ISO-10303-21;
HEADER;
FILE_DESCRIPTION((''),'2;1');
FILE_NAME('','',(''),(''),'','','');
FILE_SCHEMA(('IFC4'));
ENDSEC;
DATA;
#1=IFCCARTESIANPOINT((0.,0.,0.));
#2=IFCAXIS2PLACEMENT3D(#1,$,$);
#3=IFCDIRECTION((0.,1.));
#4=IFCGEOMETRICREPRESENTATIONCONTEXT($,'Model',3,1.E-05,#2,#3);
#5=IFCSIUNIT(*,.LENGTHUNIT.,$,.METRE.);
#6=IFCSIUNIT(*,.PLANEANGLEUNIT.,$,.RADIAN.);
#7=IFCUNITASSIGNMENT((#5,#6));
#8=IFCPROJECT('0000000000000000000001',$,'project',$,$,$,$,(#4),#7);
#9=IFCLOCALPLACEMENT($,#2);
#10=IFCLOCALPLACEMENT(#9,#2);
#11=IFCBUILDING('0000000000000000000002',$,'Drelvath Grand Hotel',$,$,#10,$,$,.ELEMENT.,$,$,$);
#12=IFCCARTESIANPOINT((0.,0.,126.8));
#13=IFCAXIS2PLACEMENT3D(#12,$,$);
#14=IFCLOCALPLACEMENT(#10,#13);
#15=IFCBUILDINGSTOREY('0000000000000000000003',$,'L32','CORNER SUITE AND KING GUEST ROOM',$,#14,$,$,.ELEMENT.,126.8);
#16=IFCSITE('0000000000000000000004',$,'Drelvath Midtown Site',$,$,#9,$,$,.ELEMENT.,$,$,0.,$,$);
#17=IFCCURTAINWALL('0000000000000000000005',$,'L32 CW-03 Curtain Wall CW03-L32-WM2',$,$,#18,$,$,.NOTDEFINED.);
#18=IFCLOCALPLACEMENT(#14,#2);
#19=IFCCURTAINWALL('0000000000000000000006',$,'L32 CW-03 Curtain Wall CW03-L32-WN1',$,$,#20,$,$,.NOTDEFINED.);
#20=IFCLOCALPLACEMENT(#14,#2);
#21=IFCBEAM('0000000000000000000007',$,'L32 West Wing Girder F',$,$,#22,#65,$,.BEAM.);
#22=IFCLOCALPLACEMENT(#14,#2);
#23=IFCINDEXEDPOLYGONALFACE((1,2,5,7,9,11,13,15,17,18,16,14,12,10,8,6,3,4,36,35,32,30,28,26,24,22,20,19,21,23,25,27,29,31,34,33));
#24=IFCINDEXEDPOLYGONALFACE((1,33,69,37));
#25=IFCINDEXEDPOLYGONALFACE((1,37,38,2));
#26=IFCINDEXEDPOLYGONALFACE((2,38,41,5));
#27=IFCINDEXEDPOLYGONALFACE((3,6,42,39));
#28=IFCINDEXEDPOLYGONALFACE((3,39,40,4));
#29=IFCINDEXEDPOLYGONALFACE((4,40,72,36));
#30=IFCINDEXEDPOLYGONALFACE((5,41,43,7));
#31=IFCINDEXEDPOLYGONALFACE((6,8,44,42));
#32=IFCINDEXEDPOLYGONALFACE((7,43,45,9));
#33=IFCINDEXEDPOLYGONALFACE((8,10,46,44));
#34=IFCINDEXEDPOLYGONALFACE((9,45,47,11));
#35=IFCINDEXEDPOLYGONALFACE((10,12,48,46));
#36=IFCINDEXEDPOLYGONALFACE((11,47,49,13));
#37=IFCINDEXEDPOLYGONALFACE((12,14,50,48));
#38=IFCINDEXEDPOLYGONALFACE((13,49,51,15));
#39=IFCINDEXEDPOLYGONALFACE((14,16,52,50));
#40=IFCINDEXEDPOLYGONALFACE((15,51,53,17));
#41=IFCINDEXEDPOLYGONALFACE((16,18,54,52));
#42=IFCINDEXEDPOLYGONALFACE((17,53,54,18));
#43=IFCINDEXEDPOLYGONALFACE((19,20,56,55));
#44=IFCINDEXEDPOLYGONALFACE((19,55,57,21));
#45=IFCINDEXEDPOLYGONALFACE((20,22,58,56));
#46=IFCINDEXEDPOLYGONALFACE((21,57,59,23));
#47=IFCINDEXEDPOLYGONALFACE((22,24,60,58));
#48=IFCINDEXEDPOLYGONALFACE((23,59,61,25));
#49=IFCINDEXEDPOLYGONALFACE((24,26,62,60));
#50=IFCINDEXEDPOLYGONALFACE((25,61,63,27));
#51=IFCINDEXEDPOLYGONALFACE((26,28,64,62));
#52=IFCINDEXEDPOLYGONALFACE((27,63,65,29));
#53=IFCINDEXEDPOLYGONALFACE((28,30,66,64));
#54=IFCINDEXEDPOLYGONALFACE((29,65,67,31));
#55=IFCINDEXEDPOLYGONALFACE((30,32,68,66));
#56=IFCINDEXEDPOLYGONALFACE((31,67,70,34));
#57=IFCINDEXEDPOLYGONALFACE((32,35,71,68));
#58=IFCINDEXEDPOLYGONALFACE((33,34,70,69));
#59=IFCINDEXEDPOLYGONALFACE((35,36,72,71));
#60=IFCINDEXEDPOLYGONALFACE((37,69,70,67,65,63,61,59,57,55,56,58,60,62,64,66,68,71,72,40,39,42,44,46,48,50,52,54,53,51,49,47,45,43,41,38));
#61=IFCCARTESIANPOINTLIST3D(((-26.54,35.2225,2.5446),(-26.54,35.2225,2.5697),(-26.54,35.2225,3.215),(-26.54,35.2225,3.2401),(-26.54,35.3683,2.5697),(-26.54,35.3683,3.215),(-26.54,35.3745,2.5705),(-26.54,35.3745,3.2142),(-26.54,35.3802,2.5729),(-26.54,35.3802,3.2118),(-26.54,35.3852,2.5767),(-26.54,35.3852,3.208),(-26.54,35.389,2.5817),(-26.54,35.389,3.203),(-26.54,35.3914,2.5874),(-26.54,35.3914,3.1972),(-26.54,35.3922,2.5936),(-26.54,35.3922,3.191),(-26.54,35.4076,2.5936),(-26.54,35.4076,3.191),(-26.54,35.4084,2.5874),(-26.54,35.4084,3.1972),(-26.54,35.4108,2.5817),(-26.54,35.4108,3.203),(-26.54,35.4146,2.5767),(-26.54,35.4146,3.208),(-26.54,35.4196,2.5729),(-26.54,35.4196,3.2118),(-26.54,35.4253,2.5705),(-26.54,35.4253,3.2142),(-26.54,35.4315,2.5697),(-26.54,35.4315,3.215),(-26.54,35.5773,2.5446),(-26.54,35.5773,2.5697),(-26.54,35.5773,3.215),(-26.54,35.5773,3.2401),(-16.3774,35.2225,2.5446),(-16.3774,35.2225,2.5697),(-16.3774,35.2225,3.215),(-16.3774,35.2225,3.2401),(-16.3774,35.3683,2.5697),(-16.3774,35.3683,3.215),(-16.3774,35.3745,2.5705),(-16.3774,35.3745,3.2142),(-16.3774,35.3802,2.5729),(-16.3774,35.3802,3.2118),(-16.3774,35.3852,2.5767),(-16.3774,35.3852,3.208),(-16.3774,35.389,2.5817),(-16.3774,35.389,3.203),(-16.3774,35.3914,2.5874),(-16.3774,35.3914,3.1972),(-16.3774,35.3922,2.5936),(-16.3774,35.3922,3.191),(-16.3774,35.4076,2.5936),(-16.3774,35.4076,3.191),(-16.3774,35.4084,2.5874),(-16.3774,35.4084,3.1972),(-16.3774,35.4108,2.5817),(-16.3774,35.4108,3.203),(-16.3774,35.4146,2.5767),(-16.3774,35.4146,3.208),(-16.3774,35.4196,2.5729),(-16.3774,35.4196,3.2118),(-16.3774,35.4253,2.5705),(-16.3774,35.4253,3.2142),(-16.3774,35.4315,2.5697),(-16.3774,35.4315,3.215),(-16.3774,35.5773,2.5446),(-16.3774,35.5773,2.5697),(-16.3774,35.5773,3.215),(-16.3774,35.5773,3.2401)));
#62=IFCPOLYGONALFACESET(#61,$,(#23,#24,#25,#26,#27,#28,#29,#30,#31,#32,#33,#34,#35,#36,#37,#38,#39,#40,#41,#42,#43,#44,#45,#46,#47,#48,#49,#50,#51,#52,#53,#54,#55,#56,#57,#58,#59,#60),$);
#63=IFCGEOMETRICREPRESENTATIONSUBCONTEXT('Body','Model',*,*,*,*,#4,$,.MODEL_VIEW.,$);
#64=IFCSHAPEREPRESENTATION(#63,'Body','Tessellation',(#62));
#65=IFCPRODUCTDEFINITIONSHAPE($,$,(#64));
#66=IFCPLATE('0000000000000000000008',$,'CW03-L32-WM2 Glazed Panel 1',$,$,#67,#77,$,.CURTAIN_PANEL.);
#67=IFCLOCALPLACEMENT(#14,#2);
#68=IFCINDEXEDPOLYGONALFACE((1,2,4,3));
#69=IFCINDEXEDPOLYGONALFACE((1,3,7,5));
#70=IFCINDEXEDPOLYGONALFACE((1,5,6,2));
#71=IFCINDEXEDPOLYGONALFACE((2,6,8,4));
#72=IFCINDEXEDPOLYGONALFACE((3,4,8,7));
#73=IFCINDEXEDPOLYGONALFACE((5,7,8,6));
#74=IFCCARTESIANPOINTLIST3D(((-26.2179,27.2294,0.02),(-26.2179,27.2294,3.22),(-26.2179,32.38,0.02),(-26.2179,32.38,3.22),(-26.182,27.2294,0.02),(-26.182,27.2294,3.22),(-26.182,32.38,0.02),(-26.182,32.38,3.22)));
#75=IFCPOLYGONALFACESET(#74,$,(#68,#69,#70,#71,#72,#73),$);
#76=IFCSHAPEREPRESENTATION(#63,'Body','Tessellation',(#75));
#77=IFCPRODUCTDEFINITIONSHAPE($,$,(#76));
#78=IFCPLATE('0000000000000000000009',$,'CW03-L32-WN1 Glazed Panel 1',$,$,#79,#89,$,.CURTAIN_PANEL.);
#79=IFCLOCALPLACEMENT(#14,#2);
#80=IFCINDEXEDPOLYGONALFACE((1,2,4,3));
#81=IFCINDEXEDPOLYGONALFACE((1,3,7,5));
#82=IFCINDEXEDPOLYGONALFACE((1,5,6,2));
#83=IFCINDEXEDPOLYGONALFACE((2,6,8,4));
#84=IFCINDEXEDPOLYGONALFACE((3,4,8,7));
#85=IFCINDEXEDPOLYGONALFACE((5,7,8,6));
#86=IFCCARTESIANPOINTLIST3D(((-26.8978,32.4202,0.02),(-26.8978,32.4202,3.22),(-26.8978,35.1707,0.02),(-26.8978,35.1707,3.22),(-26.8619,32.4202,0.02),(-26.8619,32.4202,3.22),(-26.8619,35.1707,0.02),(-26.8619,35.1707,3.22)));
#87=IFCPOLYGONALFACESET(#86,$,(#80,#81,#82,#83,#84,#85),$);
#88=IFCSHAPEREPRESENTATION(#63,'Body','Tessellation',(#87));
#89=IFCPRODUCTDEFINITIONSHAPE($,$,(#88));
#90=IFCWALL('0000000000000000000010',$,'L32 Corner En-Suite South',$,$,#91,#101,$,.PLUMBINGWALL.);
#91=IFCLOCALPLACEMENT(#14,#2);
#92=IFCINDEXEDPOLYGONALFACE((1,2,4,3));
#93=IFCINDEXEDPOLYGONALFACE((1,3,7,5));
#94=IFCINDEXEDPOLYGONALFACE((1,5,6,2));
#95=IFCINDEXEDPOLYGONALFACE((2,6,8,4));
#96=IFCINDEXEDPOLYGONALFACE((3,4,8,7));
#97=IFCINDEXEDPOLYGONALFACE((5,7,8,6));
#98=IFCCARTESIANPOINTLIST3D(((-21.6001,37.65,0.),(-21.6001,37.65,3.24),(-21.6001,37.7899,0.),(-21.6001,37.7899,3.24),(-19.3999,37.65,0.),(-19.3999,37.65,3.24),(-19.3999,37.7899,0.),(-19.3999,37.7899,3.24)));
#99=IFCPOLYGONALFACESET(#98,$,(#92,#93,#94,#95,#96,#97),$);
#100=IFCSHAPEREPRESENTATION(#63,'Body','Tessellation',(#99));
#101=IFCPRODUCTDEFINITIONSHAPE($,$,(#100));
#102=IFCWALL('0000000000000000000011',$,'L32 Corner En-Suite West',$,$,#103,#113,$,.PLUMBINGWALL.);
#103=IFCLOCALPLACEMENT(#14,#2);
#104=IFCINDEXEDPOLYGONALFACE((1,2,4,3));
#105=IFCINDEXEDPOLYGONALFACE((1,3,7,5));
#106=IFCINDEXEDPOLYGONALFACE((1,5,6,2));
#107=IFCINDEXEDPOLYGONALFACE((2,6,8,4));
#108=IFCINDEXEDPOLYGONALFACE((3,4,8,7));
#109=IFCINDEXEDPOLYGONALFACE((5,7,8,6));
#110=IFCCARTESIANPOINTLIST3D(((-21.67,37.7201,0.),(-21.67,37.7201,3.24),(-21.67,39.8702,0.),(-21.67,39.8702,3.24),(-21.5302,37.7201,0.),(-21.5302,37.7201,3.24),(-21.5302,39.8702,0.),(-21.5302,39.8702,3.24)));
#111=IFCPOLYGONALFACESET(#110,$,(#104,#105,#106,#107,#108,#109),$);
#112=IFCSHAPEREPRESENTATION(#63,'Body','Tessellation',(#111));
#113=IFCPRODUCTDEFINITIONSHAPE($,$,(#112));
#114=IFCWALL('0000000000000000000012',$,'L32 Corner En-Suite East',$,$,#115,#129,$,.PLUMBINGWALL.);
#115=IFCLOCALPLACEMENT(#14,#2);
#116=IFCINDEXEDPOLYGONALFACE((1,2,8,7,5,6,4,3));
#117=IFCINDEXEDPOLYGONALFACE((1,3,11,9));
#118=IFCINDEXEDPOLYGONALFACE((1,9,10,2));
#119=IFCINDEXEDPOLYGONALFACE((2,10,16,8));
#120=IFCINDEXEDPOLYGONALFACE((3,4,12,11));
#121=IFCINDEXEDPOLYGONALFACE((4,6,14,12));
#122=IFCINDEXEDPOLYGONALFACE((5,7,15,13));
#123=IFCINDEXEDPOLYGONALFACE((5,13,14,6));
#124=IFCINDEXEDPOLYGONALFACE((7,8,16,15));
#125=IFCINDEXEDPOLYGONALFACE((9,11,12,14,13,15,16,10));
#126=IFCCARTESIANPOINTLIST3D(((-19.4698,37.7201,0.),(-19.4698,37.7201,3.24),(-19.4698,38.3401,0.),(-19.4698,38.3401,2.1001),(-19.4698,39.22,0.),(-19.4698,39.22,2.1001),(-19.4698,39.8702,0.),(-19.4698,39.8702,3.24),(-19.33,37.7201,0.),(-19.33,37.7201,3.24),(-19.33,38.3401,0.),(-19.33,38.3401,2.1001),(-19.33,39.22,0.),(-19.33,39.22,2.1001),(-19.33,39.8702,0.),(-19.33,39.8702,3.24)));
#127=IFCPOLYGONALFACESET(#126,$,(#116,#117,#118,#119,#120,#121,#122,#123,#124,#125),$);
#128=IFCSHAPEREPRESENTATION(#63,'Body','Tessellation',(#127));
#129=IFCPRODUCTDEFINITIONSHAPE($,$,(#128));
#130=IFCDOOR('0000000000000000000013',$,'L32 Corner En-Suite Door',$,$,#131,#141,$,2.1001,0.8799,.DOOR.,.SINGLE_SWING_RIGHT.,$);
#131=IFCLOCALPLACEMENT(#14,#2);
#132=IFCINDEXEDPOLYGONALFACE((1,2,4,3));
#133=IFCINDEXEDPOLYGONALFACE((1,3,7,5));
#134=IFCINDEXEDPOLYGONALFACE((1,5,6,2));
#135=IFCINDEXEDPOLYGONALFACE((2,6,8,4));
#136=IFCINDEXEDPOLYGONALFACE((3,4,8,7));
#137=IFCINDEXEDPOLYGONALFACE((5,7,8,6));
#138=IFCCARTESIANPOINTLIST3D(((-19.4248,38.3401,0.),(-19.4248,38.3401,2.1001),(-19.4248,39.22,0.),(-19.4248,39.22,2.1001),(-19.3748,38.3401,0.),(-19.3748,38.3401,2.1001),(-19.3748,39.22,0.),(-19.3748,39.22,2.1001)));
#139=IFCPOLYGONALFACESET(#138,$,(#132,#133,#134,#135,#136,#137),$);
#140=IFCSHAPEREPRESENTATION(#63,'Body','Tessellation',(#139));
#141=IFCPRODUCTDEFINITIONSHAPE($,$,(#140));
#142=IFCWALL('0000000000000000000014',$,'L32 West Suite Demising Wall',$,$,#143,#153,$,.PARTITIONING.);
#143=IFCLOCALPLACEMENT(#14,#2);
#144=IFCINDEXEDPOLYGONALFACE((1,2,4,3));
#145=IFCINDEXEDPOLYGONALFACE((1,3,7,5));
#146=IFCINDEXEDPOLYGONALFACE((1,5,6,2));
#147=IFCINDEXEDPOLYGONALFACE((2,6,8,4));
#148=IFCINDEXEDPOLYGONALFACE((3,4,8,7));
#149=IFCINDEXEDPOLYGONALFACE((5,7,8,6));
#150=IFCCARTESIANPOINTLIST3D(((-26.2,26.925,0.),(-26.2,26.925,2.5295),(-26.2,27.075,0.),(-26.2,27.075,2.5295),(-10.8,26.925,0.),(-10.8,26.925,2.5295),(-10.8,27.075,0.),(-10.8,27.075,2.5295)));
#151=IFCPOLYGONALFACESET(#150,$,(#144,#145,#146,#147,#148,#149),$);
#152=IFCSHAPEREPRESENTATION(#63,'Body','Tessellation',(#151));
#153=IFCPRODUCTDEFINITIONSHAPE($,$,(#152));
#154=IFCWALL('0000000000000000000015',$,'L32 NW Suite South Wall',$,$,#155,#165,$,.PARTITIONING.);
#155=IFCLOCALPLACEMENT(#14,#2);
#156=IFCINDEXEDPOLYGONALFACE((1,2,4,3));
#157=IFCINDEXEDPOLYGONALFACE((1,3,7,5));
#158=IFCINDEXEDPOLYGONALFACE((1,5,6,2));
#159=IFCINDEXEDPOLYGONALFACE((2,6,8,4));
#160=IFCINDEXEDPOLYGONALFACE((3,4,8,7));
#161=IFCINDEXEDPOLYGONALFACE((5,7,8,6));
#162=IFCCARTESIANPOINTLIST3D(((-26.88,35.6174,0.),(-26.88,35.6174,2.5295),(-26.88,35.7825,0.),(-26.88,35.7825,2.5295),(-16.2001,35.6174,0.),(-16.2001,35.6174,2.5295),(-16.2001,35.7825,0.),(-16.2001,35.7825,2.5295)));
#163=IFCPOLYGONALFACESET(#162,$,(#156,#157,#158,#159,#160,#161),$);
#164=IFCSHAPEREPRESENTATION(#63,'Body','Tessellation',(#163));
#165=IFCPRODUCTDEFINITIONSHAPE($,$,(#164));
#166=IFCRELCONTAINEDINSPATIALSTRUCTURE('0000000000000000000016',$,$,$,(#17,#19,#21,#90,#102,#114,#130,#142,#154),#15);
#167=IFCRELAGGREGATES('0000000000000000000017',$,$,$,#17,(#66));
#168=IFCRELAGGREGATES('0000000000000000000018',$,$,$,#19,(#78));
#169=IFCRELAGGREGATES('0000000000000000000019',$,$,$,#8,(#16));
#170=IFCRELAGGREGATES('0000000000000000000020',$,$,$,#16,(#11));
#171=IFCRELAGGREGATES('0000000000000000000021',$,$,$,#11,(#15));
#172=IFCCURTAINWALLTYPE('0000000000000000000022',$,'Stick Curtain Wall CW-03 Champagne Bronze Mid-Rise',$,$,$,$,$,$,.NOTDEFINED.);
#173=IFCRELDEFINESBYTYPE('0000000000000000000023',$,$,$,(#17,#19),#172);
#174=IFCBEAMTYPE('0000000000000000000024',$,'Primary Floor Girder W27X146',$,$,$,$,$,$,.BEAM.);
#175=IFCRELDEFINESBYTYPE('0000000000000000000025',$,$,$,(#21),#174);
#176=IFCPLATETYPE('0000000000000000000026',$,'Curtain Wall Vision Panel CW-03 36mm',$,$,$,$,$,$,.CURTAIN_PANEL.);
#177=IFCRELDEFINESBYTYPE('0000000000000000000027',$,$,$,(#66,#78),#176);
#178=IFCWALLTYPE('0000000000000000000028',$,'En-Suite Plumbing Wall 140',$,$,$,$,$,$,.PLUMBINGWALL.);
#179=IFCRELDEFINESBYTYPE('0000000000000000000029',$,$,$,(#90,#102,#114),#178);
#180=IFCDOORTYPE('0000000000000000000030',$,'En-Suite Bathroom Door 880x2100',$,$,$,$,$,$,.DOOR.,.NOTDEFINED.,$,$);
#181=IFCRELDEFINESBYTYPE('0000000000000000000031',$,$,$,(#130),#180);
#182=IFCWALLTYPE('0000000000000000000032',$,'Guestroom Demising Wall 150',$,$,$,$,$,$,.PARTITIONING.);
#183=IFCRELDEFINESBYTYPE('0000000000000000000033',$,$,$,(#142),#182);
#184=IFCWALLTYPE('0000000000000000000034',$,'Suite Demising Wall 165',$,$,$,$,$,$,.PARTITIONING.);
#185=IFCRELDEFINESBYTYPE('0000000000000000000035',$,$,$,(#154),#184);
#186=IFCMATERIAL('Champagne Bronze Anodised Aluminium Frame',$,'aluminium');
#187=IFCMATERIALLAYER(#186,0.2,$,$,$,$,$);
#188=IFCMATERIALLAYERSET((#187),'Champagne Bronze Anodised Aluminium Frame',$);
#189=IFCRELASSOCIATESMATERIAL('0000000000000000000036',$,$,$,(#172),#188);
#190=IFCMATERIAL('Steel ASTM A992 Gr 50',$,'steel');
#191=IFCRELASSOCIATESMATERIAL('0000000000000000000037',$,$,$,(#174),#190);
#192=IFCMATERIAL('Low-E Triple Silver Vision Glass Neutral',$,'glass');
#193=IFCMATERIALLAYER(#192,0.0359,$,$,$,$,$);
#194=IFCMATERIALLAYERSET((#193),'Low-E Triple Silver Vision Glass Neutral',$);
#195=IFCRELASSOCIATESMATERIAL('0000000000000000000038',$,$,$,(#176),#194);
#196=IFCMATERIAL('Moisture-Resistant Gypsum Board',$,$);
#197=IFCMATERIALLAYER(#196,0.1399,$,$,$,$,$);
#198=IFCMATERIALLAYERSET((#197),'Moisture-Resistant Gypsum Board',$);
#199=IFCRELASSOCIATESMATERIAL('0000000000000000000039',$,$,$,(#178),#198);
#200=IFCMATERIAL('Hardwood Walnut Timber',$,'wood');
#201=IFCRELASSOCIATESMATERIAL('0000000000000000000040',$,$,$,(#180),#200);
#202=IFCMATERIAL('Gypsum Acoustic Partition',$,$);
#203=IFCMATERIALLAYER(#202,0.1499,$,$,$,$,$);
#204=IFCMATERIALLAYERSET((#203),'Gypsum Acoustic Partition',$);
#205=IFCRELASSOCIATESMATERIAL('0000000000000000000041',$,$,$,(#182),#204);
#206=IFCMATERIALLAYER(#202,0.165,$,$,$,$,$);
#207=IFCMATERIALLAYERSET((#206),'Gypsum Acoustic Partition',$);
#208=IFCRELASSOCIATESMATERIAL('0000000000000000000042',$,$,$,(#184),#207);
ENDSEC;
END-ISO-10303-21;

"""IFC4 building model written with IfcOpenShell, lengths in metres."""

from ifc_helpers import new_model, si_unit, direction, frame, frame_2d, origin, origin_2d, place, context, subcontext, project, spatial, rectangle, i_section, extrude, material, layer, layer_set, material_profile, profile_set, type_object, element, fill, aggregate, save


model = new_model("IFC4")

# Units and contexts
model_context = context("Model", 3, precision=1e-05, world=origin(), true_north=direction((0.0, 1.0)))
body_context = subcontext(model_context, "Body", "Model", "MODEL_VIEW")
ifc_project = project(units=[si_unit("LENGTHUNIT", "METRE"), si_unit("PLANEANGLEUNIT", "RADIAN")], contexts=[model_context])

# Site, building, storey
site_placement = place(None, origin())
site = spatial("IfcSite", under=ifc_project, at=site_placement, Name="Drelvath Midtown Site", CompositionType="ELEMENT", RefElevation=0.0)
building_placement = place(site_placement, origin())
building = spatial("IfcBuilding", under=site, at=building_placement, Name="Drelvath Grand Hotel", CompositionType="ELEMENT")
storey_placement = place(building_placement, frame((0.0, 0.0, 126.8)))
storey = spatial("IfcBuildingStorey", under=building, at=storey_placement, Name="L32", Description="CORNER SUITE AND KING GUEST ROOM", CompositionType="ELEMENT", Elevation=126.8)

# Curtain walls
ifc_material_1 = material(Name="Champagne Bronze Anodised Aluminium Frame", Category="aluminium")
ifc_layer_1 = layer(ifc_material_1, 0.2)
ifc_layer_set_1 = layer_set([ifc_layer_1], Name="Champagne Bronze Anodised Aluminium Frame")
curtain_wall_type = type_object("IfcCurtainWallType", Name="Stick Curtain Wall CW-03 Champagne Bronze Mid-Rise", PredefinedType="NOTDEFINED", material=ifc_layer_set_1)
curtain_wall_1_placement = place(storey_placement, origin())
curtain_wall_1 = element("IfcCurtainWall", 1, at=curtain_wall_1_placement, inside=storey, type_object=curtain_wall_type, Name="L32 CW-03 Curtain Wall CW03-L32-WM2", PredefinedType="NOTDEFINED")
curtain_wall_2_placement = place(storey_placement, origin())
curtain_wall_2 = element("IfcCurtainWall", 2, at=curtain_wall_2_placement, inside=storey, type_object=curtain_wall_type, Name="L32 CW-03 Curtain Wall CW03-L32-WN1", PredefinedType="NOTDEFINED")

# Beam
ifc_material_2 = material(Name="Steel ASTM A992 Gr 50", Category="steel")
ifc_material_profile_1 = material_profile(ifc_material_2, i_section(OverallWidth=0.3547, OverallDepth=0.6956, WebThickness=0.0154, FlangeThickness=0.0251, FilletRadius=0.0239, at=origin_2d()), Name="W27X146")
ifc_profile_set_1 = profile_set([ifc_material_profile_1], Name="Steel ASTM A992 Gr 50")
beam_type_1 = type_object("IfcBeamType", Name="Primary Floor Girder W27X146", PredefinedType="BEAM", material=ifc_profile_set_1)
beam_1_placement = place(storey_placement, frame((-26.54, 35.3999, 2.8923), z_axis=(1.0, 0.0, 0.0), x_axis=(0.0, 1.0, 0.0)))
element("IfcBeam", 3, at=beam_1_placement, inside=storey, type_object=beam_type_1, Name="L32 West Wing Girder F", PredefinedType="BEAM", context=body_context, shape_type="SweptSolid", body=[
    extrude(i_section(OverallWidth=0.3547, OverallDepth=0.6956, WebThickness=0.0154, FlangeThickness=0.0251, FilletRadius=0.0239, at=origin_2d()), origin(), (0.0, 0.0, 1.0), 10.1626),
])

# Plates
ifc_material_3 = material(Name="Low-E Triple Silver Vision Glass Neutral", Category="glass")
ifc_layer_2 = layer(ifc_material_3, 0.0359)
ifc_layer_set_2 = layer_set([ifc_layer_2], Name="Low-E Triple Silver Vision Glass Neutral")
plate_type = type_object("IfcPlateType", Name="Curtain Wall Vision Panel CW-03 36mm", PredefinedType="CURTAIN_PANEL", material=ifc_layer_set_2)
plate_1_placement = place(storey_placement, frame((-26.2, 29.8047, 0.02), z_axis=(0.0, 0.0, 1.0), x_axis=(0.0, 1.0, 0.0)))
plate_1 = element("IfcPlate", 4, at=plate_1_placement, type_object=plate_type, Name="CW03-L32-WM2 Glazed Panel 1", PredefinedType="CURTAIN_PANEL", context=body_context, shape_type="SweptSolid", body=[
    extrude(rectangle(XDim=5.1506, YDim=0.0359, at=origin_2d()), origin(), (0.0, 0.0, 1.0), 3.2),
])
aggregate(curtain_wall_1, [plate_1])
plate_2_placement = place(storey_placement, frame((-26.8799, 33.7954, 0.02), z_axis=(0.0, 0.0, 1.0), x_axis=(0.0, 1.0, 0.0)))
plate_2 = element("IfcPlate", 5, at=plate_2_placement, type_object=plate_type, Name="CW03-L32-WN1 Glazed Panel 1", PredefinedType="CURTAIN_PANEL", context=body_context, shape_type="SweptSolid", body=[
    extrude(rectangle(XDim=2.7505, YDim=0.0359, at=origin_2d()), origin(), (0.0, 0.0, 1.0), 3.2),
])
aggregate(curtain_wall_2, [plate_2])

# Walls
ifc_material_4 = material(Name="Moisture-Resistant Gypsum Board")
ifc_layer_3 = layer(ifc_material_4, 0.1399)
ifc_layer_set_3 = layer_set([ifc_layer_3], Name="Moisture-Resistant Gypsum Board")
wall_type_1 = type_object("IfcWallType", Name="En-Suite Plumbing Wall 140", PredefinedType="PLUMBINGWALL", material=ifc_layer_set_3)
wall_1_placement = place(storey_placement, frame((-21.6001, 37.72, 0.0), z_axis=(0.0, 0.0, 1.0), x_axis=(1.0, 0.0, 0.0)))
element("IfcWall", 6, at=wall_1_placement, inside=storey, type_object=wall_type_1, Name="L32 Corner En-Suite South", PredefinedType="PLUMBINGWALL", context=body_context, shape_type="SweptSolid", body=[
    extrude(rectangle(XDim=2.2002, YDim=0.1399, at=frame_2d((1.1001, 0.0))), origin(), (0.0, 0.0, 1.0), 3.24),
])
wall_2_placement = place(storey_placement, frame((-21.6001, 37.72, 0.0), z_axis=(0.0, 0.0, 1.0), x_axis=(0.0, 1.0, 0.0)))
element("IfcWall", 7, at=wall_2_placement, inside=storey, type_object=wall_type_1, Name="L32 Corner En-Suite West", PredefinedType="PLUMBINGWALL", context=body_context, shape_type="SweptSolid", body=[
    extrude(rectangle(XDim=2.1501, YDim=0.1399, at=frame_2d((1.0752, 0.0))), origin(), (0.0, 0.0, 1.0), 3.24),
])

# Wall, opening, door
wall_3_placement = place(storey_placement, frame((-19.3999, 37.72, 0.0), z_axis=(0.0, 0.0, 1.0), x_axis=(0.0, 1.0, 0.0)))
wall_3 = element("IfcWall", 8, at=wall_3_placement, inside=storey, type_object=wall_type_1, Name="L32 Corner En-Suite East", PredefinedType="PLUMBINGWALL", context=body_context, shape_type="SweptSolid", body=[
    extrude(rectangle(XDim=2.1501, YDim=0.1399, at=frame_2d((1.0752, 0.0))), origin(), (0.0, 0.0, 1.0), 3.24),
])
opening_1_placement = place(wall_3_placement, frame((0.6201, 0.0, 0.0)))
opening_1 = element("IfcOpeningElement", 9, at=opening_1_placement, cuts=wall_3, PredefinedType="OPENING", context=body_context, shape_type="SweptSolid", body=[
    extrude(rectangle(XDim=0.8799, YDim=2.1001, at=frame_2d((0.4399, 1.05))), frame((0.0, 0.0798, 0.0), z_axis=(0.0, -1.0, 0.0), x_axis=(1.0, 0.0, 0.0)), (0.0, 0.0, 1.0), 0.1599),
])
ifc_material_5 = material(Name="Hardwood Walnut Timber", Category="wood")
door_type_1 = type_object("IfcDoorType", Name="En-Suite Bathroom Door 880x2100", OperationType="NOTDEFINED", PredefinedType="DOOR", material=ifc_material_5)
door_1_placement = place(opening_1_placement, origin())
door_1 = element("IfcDoor", 10, at=door_1_placement, inside=storey, type_object=door_type_1, Name="L32 Corner En-Suite Door", OperationType="SINGLE_SWING_RIGHT", OverallHeight=2.1001, OverallWidth=0.8799, PredefinedType="DOOR", context=body_context, shape_type="SweptSolid", body=[
    extrude(rectangle(XDim=0.8799, YDim=2.1001, at=frame_2d((0.4399, 1.05))), frame((0.0, 0.0249, 0.0), z_axis=(0.0, -1.0, 0.0), x_axis=(1.0, 0.0, 0.0)), (0.0, 0.0, 1.0), 0.05),
])
fill(opening_1, door_1)

# Walls
ifc_material_6 = material(Name="Gypsum Acoustic Partition")
ifc_layer_4 = layer(ifc_material_6, 0.1499)
ifc_layer_set_4 = layer_set([ifc_layer_4], Name="Gypsum Acoustic Partition")
wall_type_2 = type_object("IfcWallType", Name="Guestroom Demising Wall 150", PredefinedType="PARTITIONING", material=ifc_layer_set_4)
wall_4_placement = place(storey_placement, frame((-26.2, 27.0, 0.0), z_axis=(0.0, 0.0, 1.0), x_axis=(1.0, 0.0, 0.0)))
element("IfcWall", 11, at=wall_4_placement, inside=storey, type_object=wall_type_2, Name="L32 West Suite Demising Wall", PredefinedType="PARTITIONING", context=body_context, shape_type="SweptSolid", body=[
    extrude(rectangle(XDim=15.3999, YDim=0.1499, at=frame_2d((7.7, 0.0))), origin(), (0.0, 0.0, 1.0), 2.5295),
])
ifc_layer_5 = layer(ifc_material_6, 0.165)
ifc_layer_set_5 = layer_set([ifc_layer_5], Name="Gypsum Acoustic Partition")
wall_type_3 = type_object("IfcWallType", Name="Suite Demising Wall 165", PredefinedType="PARTITIONING", material=ifc_layer_set_5)
wall_5_placement = place(storey_placement, frame((-26.8799, 35.7, 0.0), z_axis=(0.0, 0.0, 1.0), x_axis=(1.0, 0.0, 0.0)))
element("IfcWall", 12, at=wall_5_placement, inside=storey, type_object=wall_type_3, Name="L32 NW Suite South Wall", PredefinedType="PARTITIONING", context=body_context, shape_type="SweptSolid", body=[
    extrude(rectangle(XDim=10.6799, YDim=0.165, at=frame_2d((5.3398, 0.0))), origin(), (0.0, 0.0, 1.0), 2.5295),
])

save(model, "model.ifc")
